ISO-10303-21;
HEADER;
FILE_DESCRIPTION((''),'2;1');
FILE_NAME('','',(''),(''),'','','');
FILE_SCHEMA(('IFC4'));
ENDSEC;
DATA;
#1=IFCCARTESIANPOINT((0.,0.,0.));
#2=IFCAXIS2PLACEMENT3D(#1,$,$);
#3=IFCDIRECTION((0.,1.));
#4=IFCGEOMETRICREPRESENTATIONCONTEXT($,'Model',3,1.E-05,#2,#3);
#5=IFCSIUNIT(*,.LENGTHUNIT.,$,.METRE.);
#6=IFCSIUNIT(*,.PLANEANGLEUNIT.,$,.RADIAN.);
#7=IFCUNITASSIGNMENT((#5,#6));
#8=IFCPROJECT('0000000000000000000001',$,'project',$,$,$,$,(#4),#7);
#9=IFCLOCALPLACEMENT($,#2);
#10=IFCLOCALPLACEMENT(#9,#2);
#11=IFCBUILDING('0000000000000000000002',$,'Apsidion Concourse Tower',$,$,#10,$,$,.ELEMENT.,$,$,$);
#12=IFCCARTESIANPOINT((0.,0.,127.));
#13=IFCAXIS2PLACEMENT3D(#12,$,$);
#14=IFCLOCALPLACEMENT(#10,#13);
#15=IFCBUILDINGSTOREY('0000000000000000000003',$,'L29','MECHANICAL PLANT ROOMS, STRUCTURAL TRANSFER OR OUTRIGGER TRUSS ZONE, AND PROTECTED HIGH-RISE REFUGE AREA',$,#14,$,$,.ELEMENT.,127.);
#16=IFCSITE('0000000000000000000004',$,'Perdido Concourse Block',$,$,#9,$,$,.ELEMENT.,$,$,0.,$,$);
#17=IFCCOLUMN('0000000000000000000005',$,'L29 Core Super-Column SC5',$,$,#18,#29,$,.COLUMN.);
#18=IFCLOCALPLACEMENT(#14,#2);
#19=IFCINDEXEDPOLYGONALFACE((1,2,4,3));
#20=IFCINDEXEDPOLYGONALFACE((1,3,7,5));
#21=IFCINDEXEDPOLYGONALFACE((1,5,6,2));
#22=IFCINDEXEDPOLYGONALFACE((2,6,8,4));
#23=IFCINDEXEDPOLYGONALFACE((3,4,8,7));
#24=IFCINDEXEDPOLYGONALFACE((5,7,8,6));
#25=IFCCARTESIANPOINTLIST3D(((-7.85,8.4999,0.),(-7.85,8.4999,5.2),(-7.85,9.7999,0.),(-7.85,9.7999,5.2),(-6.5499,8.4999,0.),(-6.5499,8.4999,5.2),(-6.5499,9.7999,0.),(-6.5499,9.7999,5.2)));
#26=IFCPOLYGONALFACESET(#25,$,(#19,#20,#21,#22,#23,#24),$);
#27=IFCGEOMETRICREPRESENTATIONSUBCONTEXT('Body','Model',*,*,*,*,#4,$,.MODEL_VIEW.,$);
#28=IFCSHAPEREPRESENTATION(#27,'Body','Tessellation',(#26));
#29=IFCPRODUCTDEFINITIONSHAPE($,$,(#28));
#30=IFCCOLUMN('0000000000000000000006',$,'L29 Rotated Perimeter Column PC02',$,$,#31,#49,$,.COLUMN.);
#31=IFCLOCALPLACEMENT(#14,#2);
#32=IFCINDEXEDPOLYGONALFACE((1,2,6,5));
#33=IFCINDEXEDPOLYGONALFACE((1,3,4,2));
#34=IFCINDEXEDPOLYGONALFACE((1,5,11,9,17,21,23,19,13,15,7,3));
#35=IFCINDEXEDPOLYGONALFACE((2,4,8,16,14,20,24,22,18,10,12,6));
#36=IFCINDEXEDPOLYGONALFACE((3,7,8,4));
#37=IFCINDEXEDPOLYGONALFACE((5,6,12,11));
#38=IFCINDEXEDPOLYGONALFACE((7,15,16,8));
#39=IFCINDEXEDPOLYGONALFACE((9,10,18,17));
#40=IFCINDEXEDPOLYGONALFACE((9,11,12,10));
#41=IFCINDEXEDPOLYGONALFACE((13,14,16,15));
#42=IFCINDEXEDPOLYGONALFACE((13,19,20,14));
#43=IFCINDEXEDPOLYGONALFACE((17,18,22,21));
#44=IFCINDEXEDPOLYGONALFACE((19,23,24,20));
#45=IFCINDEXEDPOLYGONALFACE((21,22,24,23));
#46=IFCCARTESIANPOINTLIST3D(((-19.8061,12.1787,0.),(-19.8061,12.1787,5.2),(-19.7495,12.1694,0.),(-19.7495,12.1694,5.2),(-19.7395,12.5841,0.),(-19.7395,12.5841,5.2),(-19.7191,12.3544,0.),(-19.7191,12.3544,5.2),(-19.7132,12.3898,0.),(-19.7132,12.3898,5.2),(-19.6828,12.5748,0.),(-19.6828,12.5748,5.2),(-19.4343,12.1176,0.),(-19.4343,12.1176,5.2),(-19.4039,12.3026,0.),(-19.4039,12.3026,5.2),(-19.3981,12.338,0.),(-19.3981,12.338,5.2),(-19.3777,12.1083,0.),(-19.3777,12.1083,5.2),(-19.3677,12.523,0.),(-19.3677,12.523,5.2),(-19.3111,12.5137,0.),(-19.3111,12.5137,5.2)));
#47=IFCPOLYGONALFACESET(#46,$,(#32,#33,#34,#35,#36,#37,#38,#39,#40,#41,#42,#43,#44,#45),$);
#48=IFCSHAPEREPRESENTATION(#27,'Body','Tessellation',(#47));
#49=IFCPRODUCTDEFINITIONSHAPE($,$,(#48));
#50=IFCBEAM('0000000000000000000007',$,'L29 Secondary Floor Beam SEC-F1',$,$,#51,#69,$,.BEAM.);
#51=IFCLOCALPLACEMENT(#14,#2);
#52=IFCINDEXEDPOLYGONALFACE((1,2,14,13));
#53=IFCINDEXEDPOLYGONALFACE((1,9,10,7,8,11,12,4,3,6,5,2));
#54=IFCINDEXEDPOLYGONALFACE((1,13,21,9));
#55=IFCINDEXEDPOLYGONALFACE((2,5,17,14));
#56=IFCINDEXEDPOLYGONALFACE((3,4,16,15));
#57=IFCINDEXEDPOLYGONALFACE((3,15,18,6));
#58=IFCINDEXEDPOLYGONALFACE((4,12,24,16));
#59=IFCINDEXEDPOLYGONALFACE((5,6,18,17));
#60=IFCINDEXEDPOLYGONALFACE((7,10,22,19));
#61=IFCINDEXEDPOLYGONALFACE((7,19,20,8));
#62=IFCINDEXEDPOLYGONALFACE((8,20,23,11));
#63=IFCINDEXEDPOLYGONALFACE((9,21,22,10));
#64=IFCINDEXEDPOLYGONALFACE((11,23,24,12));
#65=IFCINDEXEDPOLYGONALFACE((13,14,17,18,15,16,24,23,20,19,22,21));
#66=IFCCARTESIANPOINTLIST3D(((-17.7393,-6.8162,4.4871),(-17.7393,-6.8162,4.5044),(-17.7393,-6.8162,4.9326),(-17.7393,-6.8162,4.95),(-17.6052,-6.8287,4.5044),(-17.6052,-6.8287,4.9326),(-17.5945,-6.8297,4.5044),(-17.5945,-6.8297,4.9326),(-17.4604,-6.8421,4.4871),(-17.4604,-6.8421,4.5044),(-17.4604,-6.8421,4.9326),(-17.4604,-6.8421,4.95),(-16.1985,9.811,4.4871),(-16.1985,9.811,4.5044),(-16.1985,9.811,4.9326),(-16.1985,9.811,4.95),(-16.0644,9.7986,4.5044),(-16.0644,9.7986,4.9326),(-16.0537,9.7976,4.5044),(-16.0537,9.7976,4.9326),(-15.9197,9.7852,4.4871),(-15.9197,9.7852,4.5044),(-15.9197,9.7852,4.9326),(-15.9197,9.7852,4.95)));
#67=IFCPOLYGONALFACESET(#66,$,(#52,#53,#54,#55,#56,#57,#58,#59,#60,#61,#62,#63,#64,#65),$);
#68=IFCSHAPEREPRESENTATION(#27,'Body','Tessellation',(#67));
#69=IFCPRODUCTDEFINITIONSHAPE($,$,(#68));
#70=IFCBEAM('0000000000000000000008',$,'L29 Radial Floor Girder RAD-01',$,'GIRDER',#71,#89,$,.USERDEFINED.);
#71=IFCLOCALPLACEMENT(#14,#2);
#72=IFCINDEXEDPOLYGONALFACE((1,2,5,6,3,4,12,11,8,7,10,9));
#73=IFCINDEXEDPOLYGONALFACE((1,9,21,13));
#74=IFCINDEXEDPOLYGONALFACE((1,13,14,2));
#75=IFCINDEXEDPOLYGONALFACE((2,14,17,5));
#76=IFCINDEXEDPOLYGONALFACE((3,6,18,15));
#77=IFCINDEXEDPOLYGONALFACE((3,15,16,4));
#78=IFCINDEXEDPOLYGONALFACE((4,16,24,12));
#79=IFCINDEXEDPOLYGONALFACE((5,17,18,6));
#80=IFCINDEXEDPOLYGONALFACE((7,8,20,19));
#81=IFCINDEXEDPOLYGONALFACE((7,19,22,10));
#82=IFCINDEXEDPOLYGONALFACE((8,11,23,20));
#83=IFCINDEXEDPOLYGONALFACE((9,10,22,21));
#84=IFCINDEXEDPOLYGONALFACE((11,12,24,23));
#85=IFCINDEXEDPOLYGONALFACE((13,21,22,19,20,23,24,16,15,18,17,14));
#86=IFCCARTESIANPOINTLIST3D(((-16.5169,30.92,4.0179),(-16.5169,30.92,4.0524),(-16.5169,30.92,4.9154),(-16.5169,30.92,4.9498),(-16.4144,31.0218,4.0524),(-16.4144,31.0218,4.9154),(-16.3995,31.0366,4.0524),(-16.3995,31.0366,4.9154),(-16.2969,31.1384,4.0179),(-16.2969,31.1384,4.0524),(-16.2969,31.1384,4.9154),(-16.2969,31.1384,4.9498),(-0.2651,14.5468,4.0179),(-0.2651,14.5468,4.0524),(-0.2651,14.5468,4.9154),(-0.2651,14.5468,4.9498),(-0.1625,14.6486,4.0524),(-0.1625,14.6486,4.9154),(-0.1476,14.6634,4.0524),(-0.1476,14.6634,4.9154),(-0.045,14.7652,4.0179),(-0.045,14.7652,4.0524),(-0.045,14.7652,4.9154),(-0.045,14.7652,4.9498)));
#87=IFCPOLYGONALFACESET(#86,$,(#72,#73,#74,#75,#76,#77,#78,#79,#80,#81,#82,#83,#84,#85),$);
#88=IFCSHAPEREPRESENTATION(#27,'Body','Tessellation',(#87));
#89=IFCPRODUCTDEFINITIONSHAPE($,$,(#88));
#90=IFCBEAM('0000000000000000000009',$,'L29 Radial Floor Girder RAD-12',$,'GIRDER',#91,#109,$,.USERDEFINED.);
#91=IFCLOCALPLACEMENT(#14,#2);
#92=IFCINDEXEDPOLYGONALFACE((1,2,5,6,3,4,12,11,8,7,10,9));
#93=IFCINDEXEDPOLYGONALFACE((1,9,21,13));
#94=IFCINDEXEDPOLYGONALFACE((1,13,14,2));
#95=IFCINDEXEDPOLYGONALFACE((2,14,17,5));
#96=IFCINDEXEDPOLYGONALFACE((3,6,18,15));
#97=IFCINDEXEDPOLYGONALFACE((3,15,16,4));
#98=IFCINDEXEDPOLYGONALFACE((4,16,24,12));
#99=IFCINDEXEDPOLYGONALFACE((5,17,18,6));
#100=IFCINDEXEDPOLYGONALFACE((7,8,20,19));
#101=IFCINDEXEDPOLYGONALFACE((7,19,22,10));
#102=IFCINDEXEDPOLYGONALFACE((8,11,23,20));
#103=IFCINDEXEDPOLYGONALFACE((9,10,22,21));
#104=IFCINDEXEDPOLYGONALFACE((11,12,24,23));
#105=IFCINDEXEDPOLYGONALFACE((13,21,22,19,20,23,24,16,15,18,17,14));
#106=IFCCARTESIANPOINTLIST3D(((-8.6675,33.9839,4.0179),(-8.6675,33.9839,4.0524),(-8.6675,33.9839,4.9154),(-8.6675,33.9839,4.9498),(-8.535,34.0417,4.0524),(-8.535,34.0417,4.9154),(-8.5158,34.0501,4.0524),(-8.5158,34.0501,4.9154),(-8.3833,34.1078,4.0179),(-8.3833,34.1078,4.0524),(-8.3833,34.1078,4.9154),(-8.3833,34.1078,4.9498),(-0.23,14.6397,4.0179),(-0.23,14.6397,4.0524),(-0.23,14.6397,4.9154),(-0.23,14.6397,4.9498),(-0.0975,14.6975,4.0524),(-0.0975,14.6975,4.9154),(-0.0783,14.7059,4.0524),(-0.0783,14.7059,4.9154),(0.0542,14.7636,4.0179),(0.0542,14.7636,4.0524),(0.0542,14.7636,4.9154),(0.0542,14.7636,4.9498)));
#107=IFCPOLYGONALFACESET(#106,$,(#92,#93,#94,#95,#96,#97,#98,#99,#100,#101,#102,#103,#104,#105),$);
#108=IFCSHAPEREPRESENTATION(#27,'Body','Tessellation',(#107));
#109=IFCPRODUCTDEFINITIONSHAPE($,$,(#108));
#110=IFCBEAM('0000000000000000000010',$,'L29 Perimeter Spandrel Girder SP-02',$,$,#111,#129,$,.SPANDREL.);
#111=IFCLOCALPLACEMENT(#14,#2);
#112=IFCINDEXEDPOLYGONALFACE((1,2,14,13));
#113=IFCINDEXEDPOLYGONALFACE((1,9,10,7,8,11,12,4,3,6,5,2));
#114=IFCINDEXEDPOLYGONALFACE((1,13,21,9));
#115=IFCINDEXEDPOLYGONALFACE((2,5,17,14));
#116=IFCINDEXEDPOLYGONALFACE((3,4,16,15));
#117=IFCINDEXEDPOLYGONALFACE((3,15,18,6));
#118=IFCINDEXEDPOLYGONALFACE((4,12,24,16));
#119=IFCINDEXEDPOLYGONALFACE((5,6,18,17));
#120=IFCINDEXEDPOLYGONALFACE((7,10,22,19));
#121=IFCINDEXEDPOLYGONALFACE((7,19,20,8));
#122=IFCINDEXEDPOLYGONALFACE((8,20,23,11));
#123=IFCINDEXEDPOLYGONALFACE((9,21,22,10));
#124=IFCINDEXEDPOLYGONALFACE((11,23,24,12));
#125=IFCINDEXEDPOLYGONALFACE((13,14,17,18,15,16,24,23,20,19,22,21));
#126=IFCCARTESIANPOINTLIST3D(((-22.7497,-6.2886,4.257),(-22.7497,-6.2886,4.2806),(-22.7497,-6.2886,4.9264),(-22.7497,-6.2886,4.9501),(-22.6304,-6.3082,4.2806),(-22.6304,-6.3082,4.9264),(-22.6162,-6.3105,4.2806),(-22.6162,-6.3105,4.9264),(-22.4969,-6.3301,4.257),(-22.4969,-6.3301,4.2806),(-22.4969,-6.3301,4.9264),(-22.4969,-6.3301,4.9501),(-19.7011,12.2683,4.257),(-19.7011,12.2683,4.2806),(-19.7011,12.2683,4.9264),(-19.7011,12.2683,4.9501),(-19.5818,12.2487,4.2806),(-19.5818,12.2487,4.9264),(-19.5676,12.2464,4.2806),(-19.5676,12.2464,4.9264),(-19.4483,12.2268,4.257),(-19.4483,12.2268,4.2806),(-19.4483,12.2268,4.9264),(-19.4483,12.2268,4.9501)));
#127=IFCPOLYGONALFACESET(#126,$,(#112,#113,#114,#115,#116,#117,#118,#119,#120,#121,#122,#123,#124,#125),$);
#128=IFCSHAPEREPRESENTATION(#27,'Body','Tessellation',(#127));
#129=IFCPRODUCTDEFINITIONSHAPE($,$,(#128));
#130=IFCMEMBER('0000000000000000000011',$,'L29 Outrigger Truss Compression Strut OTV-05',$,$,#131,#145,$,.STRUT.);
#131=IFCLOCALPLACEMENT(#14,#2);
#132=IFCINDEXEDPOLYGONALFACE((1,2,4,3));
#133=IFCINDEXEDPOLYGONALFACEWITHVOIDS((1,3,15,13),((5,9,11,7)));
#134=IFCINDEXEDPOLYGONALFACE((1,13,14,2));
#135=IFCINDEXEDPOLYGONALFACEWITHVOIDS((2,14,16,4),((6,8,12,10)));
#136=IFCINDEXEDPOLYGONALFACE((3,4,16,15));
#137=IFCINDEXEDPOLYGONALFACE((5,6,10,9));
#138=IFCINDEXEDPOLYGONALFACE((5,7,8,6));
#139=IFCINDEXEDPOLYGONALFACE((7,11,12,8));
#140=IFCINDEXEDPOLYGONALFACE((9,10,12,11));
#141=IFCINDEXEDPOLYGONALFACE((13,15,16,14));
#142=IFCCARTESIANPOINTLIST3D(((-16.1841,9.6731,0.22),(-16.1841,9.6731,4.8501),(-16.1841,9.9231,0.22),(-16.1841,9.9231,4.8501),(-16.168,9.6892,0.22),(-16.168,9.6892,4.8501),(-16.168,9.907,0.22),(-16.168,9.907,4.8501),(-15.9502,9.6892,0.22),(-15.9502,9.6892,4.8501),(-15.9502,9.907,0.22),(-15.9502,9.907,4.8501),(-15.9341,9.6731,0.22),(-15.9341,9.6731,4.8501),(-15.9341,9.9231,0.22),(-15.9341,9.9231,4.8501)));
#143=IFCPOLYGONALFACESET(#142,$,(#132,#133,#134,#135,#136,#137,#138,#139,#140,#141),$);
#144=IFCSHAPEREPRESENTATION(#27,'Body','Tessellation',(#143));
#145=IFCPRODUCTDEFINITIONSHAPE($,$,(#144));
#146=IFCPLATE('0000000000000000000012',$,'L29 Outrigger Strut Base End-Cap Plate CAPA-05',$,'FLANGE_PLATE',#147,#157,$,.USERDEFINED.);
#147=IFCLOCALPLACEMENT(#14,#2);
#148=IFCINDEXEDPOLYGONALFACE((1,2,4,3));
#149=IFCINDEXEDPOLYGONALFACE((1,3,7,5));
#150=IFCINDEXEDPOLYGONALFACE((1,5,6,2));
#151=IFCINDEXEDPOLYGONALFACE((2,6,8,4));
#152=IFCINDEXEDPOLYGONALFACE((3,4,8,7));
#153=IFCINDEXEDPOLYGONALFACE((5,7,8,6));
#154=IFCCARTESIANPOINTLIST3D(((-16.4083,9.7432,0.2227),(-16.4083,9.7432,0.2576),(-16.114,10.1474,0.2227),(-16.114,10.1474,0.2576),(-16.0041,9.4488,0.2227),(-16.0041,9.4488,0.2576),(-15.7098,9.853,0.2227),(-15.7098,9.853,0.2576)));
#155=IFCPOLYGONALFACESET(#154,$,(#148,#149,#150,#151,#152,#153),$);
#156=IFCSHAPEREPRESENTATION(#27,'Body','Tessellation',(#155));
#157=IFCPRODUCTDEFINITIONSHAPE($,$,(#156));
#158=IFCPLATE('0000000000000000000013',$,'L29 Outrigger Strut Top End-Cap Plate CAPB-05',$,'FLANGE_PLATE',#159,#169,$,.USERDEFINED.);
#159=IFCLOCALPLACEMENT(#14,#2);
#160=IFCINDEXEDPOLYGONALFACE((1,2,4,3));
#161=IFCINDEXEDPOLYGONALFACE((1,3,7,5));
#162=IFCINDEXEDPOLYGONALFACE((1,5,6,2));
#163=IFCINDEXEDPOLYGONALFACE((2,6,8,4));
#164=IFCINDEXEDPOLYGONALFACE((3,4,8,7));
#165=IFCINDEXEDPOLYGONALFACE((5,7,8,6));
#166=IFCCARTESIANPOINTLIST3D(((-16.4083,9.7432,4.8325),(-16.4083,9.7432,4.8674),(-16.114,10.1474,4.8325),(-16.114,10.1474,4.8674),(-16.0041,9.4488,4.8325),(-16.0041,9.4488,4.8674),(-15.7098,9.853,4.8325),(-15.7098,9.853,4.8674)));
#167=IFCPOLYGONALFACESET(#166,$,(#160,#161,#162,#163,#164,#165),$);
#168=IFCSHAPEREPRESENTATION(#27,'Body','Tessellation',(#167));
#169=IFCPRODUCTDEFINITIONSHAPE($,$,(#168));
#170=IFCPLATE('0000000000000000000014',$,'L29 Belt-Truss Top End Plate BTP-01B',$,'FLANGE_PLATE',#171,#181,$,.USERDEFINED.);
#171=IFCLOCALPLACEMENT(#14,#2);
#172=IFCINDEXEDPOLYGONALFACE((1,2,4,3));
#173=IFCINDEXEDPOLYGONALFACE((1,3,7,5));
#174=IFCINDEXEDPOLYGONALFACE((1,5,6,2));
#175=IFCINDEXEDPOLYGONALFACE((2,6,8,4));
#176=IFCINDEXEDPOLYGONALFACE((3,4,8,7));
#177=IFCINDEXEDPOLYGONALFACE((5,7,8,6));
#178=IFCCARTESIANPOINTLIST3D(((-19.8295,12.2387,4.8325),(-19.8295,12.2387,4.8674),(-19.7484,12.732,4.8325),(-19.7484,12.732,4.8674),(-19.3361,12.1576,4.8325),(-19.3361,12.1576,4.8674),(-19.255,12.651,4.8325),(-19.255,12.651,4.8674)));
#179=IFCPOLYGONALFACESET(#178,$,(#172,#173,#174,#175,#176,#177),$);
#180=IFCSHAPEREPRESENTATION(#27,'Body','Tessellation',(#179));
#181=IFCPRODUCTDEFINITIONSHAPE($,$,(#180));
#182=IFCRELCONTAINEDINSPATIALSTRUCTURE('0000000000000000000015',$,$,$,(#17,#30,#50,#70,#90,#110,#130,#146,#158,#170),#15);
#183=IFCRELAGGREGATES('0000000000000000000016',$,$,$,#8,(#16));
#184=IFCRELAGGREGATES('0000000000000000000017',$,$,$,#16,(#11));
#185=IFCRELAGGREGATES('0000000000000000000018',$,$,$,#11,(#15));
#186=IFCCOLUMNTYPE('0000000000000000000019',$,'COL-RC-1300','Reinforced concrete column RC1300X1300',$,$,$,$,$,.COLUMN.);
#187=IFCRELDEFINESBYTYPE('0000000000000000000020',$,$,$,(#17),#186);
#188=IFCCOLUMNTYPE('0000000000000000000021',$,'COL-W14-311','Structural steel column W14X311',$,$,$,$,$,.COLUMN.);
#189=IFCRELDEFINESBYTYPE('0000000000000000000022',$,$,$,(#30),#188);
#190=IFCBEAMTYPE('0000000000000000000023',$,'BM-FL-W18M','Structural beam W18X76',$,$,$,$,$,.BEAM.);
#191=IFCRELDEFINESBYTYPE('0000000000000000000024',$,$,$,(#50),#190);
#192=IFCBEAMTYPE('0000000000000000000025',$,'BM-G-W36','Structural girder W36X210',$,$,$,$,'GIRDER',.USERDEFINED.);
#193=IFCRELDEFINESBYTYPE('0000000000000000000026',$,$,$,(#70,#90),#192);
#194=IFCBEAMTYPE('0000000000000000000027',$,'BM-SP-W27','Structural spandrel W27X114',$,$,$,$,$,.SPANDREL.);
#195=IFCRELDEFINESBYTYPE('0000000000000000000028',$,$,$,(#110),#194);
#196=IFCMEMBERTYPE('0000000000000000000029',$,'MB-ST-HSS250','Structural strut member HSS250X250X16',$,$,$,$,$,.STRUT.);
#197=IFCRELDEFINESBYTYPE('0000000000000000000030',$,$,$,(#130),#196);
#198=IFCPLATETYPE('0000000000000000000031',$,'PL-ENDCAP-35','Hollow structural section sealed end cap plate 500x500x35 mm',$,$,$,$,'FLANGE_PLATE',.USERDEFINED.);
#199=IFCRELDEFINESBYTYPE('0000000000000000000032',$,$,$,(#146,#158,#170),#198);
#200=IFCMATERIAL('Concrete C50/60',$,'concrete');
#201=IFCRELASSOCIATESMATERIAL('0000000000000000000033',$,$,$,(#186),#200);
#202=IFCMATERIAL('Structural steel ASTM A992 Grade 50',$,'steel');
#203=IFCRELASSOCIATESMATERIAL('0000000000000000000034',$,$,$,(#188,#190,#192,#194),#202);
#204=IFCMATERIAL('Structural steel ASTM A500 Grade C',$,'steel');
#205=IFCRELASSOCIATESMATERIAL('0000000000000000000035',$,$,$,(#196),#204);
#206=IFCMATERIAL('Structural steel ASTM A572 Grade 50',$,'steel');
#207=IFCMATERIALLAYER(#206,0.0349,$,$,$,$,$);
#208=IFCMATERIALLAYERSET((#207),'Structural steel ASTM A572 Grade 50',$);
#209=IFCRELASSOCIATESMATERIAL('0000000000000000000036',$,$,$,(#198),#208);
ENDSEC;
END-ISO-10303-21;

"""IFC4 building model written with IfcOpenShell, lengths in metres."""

from ifc_helpers import new_model, si_unit, direction, frame, origin, origin_2d, place, context, subcontext, project, spatial, rectangle, hollow_rectangle, i_section, extrude, material, layer, layer_set, material_profile, profile_set, type_object, element, save


model = new_model("IFC4")

# Units and contexts
model_context = context("Model", 3, precision=1e-05, world=origin(), true_north=direction((0.0, 1.0)))
body_context = subcontext(model_context, "Body", "Model", "MODEL_VIEW")
ifc_project = project(units=[si_unit("LENGTHUNIT", "METRE"), si_unit("PLANEANGLEUNIT", "RADIAN")], contexts=[model_context])

# Site, building, storey
site_placement = place(None, origin())
site = spatial("IfcSite", under=ifc_project, at=site_placement, Name="Perdido Concourse Block", CompositionType="ELEMENT", RefElevation=0.0)
building_placement = place(site_placement, origin())
building = spatial("IfcBuilding", under=site, at=building_placement, Name="Apsidion Concourse Tower", CompositionType="ELEMENT")
storey_placement = place(building_placement, frame((0.0, 0.0, 127.0)))
storey = spatial("IfcBuildingStorey", under=building, at=storey_placement, Name="L29", Description="MECHANICAL PLANT ROOMS, STRUCTURAL TRANSFER OR OUTRIGGER TRUSS ZONE, AND PROTECTED HIGH-RISE REFUGE AREA", CompositionType="ELEMENT", Elevation=127.0)

# Columns
ifc_material_1 = material(Name="Concrete C50/60", Category="concrete")
ifc_material_profile_1 = material_profile(ifc_material_1, rectangle(XDim=1.3, YDim=1.3, at=origin_2d()), Name="RC 1300x1300")
ifc_profile_set_1 = profile_set([ifc_material_profile_1], Name="Concrete C50/60")
column_type_1 = type_object("IfcColumnType", Name="COL-RC-1300", Description="Reinforced concrete column RC1300X1300", PredefinedType="COLUMN", material=ifc_profile_set_1)
column_1_placement = place(storey_placement, frame((-7.2, 9.1499, 0.0), z_axis=(0.0, 0.0, 1.0), x_axis=(1.0, 0.0, 0.0)))
element("IfcColumn", 1, at=column_1_placement, inside=storey, type_object=column_type_1, Name="L29 Core Super-Column SC5", PredefinedType="COLUMN", context=body_context, shape_type="SweptSolid", body=[
    extrude(rectangle(XDim=1.3, YDim=1.3, at=origin_2d()), origin(), (0.0, 0.0, 1.0), 5.2),
])
ifc_material_2 = material(Name="Structural steel ASTM A992 Grade 50", Category="steel")
ifc_material_profile_2 = material_profile(ifc_material_2, i_section(OverallWidth=0.4109, OverallDepth=0.4341, WebThickness=0.0359, FlangeThickness=0.0574, at=origin_2d()), Name="W14X311")
ifc_profile_set_2 = profile_set([ifc_material_profile_2], Name="Structural steel ASTM A992 Grade 50")
column_type_2 = type_object("IfcColumnType", Name="COL-W14-311", Description="Structural steel column W14X311", PredefinedType="COLUMN", material=ifc_profile_set_2)
column_2_placement = place(storey_placement, frame((-19.5586, 12.3462, 0.0), z_axis=(0.0, 0.0, 1.0), x_axis=(0.162121, 0.986771, 0.0)))
element("IfcColumn", 2, at=column_2_placement, inside=storey, type_object=column_type_2, Name="L29 Rotated Perimeter Column PC02", PredefinedType="COLUMN", context=body_context, shape_type="SweptSolid", body=[
    extrude(i_section(OverallWidth=0.4109, OverallDepth=0.4341, WebThickness=0.0359, FlangeThickness=0.0574, at=origin_2d()), origin(), (0.0, 0.0, 1.0), 5.2),
])

# Beams
ifc_material_profile_3 = material_profile(ifc_material_2, i_section(OverallWidth=0.28, OverallDepth=0.4629, WebThickness=0.0107, FlangeThickness=0.0173, at=origin_2d()), Name="W18X76")
ifc_profile_set_3 = profile_set([ifc_material_profile_3], Name="Structural steel ASTM A992 Grade 50")
beam_type_1 = type_object("IfcBeamType", Name="BM-FL-W18M", Description="Structural beam W18X76", PredefinedType="BEAM", material=ifc_profile_set_3)
beam_1_placement = place(storey_placement, frame((-16.0591, 9.7981, 4.7185), z_axis=(-0.09227, -0.995734, 0.0), x_axis=(0.995734, -0.09227, 0.0)))
element("IfcBeam", 3, at=beam_1_placement, inside=storey, type_object=beam_type_1, Name="L29 Secondary Floor Beam SEC-F1", PredefinedType="BEAM", context=body_context, shape_type="SweptSolid", body=[
    extrude(i_section(OverallWidth=0.28, OverallDepth=0.4629, WebThickness=0.0107, FlangeThickness=0.0173, at=origin_2d()), origin(), (0.0, 0.0, 1.0), 16.6985),
])
ifc_material_profile_4 = material_profile(ifc_material_2, i_section(OverallWidth=0.3101, OverallDepth=0.9319, WebThickness=0.021, FlangeThickness=0.0344, at=origin_2d()), Name="W36X210")
ifc_profile_set_4 = profile_set([ifc_material_profile_4], Name="Structural steel ASTM A992 Grade 50")
beam_type_2 = type_object("IfcBeamType", Name="BM-G-W36", Description="Structural girder W36X210", ElementType="GIRDER", PredefinedType="USERDEFINED", material=ifc_profile_set_4)
beam_2_placement = place(storey_placement, frame((-0.155, 14.656, 4.4839), z_axis=(-0.704472, 0.709732, 0.0), x_axis=(-0.709732, -0.704472, 0.0)))
element("IfcBeam", 4, at=beam_2_placement, inside=storey, type_object=beam_type_2, Name="L29 Radial Floor Girder RAD-01", ObjectType="GIRDER", PredefinedType="USERDEFINED", context=body_context, shape_type="SweptSolid", body=[
    extrude(i_section(OverallWidth=0.3101, OverallDepth=0.9319, WebThickness=0.021, FlangeThickness=0.0344, at=origin_2d()), origin(), (0.0, 0.0, 1.0), 23.0696),
])
beam_3_placement = place(storey_placement, frame((-0.0879, 14.7017, 4.4839), z_axis=(-0.3998, 0.916602, 0.0), x_axis=(-0.916602, -0.3998, 0.0)))
element("IfcBeam", 5, at=beam_3_placement, inside=storey, type_object=beam_type_2, Name="L29 Radial Floor Girder RAD-12", ObjectType="GIRDER", PredefinedType="USERDEFINED", context=body_context, shape_type="SweptSolid", body=[
    extrude(i_section(OverallWidth=0.3101, OverallDepth=0.9319, WebThickness=0.021, FlangeThickness=0.0344, at=origin_2d()), origin(), (0.0, 0.0, 1.0), 21.1042),
])
ifc_material_profile_5 = material_profile(ifc_material_2, i_section(OverallWidth=0.2561, OverallDepth=0.6931, WebThickness=0.0144, FlangeThickness=0.0237, at=origin_2d()), Name="W27X114")
ifc_profile_set_5 = profile_set([ifc_material_profile_5], Name="Structural steel ASTM A992 Grade 50")
beam_type_3 = type_object("IfcBeamType", Name="BM-SP-W27", Description="Structural spandrel W27X114", PredefinedType="SPANDREL", material=ifc_profile_set_5)
beam_4_placement = place(storey_placement, frame((-19.5747, 12.2476, 4.6035), z_axis=(-0.16211, -0.986773, 0.0), x_axis=(0.986773, -0.16211, 0.0)))
element("IfcBeam", 6, at=beam_4_placement, inside=storey, type_object=beam_type_3, Name="L29 Perimeter Spandrel Girder SP-02", PredefinedType="SPANDREL", context=body_context, shape_type="SweptSolid", body=[
    extrude(i_section(OverallWidth=0.2561, OverallDepth=0.6931, WebThickness=0.0144, FlangeThickness=0.0237, at=origin_2d()), origin(), (0.0, 0.0, 1.0), 18.8057),
])

# Member
ifc_material_3 = material(Name="Structural steel ASTM A500 Grade C", Category="steel")
ifc_material_profile_6 = material_profile(ifc_material_3, hollow_rectangle(XDim=0.25, YDim=0.25, WallThickness=0.0161, at=origin_2d()), Name="HSS250X250X16")
ifc_profile_set_6 = profile_set([ifc_material_profile_6], Name="Structural steel ASTM A500 Grade C")
member_type = type_object("IfcMemberType", Name="MB-ST-HSS250", Description="Structural strut member HSS250X250X16", PredefinedType="STRUT", material=ifc_profile_set_6)
member_placement = place(storey_placement, frame((-16.0591, 9.7981, 0.22), z_axis=(0.0, 0.0, 1.0), x_axis=(1.0, 0.0, 0.0)))
element("IfcMember", 7, at=member_placement, inside=storey, type_object=member_type, Name="L29 Outrigger Truss Compression Strut OTV-05", PredefinedType="STRUT", context=body_context, shape_type="SweptSolid", body=[
    extrude(hollow_rectangle(XDim=0.25, YDim=0.25, WallThickness=0.0161, at=origin_2d()), origin(), (0.0, 0.0, 1.0), 4.6301),
])

# Plates
ifc_material_4 = material(Name="Structural steel ASTM A572 Grade 50", Category="steel")
ifc_layer_1 = layer(ifc_material_4, 0.0349)
ifc_layer_set_1 = layer_set([ifc_layer_1], Name="Structural steel ASTM A572 Grade 50")
plate_type_1 = type_object("IfcPlateType", Name="PL-ENDCAP-35", Description="Hollow structural section sealed end cap plate 500x500x35 mm", ElementType="FLANGE_PLATE", PredefinedType="USERDEFINED", material=ifc_layer_set_1)
for number, where, z_axis, x_axis, name in (
    (8, (-16.0591, 9.7981, 0.2227), (0.0, 0.0, 1.0), (-0.808401, 0.588632, 0.0), "L29 Outrigger Strut Base End-Cap Plate CAPA-05"),
    (9, (-16.0591, 9.7981, 4.8325), (0.0, 0.0, 1.0), (-0.808401, 0.588632, 0.0), "L29 Outrigger Strut Top End-Cap Plate CAPB-05"),
    (10, (-19.5422, 12.4448, 4.8325), (0.0, 0.0, 1.0), (0.162121, 0.986771, 0.0), "L29 Belt-Truss Top End Plate BTP-01B"),
):
    element("IfcPlate", number, at=place(storey_placement, frame(where, z_axis=z_axis, x_axis=x_axis)), inside=storey, type_object=plate_type_1, Name=name, ObjectType="FLANGE_PLATE", PredefinedType="USERDEFINED", context=body_context, shape_type="SweptSolid", body=[
        extrude(rectangle(XDim=0.5, YDim=0.5, at=origin_2d()), origin(), (0.0, 0.0, 1.0), 0.0349),
    ])

save(model, "model.ifc")
